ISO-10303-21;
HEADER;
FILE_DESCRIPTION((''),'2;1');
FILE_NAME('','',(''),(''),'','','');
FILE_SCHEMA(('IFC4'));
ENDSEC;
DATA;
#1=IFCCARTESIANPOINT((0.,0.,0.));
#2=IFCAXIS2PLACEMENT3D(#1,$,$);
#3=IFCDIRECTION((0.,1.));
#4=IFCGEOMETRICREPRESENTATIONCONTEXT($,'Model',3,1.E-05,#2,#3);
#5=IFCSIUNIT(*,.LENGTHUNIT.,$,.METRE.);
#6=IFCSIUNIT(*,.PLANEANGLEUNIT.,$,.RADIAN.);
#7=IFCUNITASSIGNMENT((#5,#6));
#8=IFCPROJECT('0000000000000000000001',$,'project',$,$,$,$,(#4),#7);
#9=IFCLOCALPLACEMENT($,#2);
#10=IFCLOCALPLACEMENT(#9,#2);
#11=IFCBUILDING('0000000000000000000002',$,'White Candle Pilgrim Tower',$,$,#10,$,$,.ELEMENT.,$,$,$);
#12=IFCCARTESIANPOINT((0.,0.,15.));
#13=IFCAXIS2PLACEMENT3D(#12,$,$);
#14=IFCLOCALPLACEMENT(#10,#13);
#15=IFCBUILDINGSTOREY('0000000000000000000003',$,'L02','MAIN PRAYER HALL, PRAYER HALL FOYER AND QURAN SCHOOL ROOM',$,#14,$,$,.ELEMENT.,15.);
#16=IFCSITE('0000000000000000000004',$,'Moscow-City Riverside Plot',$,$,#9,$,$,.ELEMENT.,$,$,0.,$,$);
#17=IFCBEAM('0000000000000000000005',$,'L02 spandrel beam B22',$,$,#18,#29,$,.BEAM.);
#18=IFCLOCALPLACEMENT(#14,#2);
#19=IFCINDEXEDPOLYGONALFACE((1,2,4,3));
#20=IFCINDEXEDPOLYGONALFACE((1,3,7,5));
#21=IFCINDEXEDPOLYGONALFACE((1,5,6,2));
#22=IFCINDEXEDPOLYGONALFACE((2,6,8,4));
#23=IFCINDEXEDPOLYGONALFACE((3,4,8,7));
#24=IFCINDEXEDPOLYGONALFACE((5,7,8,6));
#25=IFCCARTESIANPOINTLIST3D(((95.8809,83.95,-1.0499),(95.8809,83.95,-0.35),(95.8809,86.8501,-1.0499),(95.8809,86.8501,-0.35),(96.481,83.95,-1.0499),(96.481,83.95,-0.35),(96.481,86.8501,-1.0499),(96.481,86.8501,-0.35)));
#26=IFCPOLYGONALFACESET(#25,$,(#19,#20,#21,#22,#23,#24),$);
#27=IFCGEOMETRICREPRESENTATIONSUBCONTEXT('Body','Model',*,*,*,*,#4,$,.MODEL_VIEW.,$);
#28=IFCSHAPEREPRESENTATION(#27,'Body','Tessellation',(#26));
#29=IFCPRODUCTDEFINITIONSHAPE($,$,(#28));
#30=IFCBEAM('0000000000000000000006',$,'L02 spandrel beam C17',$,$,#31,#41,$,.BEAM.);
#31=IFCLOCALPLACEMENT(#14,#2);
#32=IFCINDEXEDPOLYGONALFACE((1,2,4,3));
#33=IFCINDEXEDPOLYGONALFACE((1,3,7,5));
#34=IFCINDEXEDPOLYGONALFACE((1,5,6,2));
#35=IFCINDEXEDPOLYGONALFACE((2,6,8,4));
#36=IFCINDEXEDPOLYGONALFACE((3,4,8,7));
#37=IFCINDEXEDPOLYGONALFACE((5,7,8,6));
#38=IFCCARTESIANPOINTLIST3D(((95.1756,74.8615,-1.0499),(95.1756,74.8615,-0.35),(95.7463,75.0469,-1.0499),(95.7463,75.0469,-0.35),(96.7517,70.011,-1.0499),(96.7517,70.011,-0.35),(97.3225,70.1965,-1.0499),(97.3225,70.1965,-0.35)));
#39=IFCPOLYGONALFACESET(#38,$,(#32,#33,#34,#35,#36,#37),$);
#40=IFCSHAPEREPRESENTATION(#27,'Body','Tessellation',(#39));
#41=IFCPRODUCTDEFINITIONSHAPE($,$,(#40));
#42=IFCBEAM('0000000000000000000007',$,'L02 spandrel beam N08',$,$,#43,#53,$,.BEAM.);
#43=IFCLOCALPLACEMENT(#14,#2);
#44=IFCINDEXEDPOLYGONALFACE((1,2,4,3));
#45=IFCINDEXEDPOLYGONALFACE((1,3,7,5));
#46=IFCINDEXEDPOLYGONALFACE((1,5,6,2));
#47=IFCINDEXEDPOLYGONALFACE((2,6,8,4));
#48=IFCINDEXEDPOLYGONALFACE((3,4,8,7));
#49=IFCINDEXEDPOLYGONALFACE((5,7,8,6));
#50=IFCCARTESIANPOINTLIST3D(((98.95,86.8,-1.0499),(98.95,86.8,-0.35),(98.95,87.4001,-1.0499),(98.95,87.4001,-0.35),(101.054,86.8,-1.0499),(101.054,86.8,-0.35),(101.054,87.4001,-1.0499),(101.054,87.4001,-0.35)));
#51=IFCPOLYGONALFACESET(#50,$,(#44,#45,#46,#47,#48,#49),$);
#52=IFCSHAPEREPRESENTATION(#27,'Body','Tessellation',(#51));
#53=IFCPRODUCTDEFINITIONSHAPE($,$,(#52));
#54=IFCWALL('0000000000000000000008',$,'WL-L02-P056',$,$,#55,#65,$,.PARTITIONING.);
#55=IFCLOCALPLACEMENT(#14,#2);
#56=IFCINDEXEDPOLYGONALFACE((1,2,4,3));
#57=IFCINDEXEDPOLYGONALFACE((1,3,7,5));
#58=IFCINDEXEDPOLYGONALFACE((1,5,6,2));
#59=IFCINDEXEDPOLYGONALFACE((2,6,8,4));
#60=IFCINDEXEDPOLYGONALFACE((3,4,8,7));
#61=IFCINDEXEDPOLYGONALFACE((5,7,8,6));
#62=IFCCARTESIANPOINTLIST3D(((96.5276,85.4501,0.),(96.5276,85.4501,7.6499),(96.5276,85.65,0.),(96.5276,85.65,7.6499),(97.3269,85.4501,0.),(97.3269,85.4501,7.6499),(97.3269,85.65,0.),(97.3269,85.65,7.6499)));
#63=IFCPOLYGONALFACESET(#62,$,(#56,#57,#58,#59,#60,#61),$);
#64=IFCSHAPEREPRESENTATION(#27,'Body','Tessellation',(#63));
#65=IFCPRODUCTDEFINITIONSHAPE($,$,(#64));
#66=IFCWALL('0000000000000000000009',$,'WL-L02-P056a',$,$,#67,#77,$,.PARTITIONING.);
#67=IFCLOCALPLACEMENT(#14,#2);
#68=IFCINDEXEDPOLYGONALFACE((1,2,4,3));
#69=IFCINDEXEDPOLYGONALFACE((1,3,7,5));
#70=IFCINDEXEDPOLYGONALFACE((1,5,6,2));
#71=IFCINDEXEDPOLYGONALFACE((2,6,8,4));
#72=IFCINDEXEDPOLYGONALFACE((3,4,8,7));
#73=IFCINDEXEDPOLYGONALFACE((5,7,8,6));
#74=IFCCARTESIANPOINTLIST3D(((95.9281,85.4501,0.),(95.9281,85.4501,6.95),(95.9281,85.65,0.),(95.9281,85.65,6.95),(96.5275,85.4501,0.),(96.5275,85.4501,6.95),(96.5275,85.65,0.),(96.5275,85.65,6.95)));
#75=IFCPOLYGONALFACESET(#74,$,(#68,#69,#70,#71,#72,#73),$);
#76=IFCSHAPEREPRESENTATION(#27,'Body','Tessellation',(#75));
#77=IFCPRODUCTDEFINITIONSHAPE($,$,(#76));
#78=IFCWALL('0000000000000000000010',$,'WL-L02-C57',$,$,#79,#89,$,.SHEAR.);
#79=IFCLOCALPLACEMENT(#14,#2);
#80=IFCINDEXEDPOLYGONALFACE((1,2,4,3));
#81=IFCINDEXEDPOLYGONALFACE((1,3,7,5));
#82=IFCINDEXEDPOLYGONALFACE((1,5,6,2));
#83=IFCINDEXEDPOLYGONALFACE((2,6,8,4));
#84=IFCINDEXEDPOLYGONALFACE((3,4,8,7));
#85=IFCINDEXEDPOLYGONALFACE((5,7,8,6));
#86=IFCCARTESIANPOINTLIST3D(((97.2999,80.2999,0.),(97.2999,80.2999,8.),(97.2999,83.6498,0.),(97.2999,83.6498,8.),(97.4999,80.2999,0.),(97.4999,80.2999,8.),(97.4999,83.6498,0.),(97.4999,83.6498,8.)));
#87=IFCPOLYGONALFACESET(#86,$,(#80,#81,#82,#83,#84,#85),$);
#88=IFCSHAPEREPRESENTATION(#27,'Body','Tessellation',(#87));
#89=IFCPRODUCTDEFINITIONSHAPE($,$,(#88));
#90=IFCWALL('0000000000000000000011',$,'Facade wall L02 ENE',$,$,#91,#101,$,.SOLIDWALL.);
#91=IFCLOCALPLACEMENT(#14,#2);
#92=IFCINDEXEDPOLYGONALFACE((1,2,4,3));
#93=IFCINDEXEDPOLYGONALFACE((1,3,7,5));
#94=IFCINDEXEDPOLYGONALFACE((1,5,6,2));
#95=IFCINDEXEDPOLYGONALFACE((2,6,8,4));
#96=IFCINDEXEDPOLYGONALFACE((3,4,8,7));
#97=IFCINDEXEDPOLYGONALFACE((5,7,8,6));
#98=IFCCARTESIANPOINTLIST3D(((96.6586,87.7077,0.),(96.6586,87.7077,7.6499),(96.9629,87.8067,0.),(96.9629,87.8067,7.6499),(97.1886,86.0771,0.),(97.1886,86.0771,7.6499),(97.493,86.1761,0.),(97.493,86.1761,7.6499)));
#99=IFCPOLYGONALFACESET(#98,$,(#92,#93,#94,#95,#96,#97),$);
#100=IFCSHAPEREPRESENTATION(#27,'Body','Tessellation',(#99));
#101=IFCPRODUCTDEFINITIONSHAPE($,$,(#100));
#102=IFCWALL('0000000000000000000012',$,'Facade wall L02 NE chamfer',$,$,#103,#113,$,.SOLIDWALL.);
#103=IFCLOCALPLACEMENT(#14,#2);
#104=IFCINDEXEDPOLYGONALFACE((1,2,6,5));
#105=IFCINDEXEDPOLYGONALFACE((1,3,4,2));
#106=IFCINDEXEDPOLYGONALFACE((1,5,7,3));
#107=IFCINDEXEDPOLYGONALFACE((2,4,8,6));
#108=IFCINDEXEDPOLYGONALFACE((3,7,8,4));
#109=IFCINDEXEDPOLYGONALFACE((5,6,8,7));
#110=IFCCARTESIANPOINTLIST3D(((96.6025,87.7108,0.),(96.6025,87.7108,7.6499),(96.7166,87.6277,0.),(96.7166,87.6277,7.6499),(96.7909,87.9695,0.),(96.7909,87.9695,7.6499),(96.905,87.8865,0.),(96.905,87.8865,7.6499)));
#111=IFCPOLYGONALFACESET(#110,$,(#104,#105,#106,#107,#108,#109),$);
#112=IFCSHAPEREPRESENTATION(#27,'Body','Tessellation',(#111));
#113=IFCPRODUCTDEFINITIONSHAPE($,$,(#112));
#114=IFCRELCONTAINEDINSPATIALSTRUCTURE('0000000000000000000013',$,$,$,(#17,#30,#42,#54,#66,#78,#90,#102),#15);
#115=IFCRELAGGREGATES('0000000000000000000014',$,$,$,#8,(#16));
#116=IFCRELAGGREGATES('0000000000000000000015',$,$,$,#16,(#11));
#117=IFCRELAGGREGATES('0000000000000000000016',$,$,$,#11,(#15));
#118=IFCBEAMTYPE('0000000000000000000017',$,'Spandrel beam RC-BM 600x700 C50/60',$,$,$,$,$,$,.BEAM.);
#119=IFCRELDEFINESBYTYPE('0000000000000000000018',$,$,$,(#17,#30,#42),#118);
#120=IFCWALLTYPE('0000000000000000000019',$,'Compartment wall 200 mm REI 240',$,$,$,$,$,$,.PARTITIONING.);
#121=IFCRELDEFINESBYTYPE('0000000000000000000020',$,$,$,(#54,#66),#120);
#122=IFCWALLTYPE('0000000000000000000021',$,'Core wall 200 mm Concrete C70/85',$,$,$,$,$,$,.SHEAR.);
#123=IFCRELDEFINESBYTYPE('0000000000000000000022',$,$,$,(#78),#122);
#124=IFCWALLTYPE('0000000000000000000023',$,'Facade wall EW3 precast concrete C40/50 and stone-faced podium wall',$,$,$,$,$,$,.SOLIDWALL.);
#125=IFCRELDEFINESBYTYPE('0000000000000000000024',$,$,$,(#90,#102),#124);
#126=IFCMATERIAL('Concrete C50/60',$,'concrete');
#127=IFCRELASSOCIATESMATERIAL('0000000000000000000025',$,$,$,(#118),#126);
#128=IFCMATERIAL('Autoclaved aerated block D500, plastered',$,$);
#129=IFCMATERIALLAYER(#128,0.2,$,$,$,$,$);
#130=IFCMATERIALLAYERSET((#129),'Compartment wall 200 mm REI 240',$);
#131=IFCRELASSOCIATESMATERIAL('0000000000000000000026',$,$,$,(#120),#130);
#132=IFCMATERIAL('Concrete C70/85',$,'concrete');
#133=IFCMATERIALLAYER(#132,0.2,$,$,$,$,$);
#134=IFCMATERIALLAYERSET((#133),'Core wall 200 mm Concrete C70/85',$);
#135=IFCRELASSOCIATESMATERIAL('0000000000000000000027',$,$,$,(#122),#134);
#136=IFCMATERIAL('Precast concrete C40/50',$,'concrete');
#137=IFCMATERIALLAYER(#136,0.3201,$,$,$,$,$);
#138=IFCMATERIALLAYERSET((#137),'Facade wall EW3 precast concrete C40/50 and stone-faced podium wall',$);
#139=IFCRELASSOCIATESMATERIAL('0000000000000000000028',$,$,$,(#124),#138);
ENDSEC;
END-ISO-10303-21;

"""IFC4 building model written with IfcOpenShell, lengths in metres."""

from ifc_helpers import new_model, si_unit, direction, frame, frame_2d, origin, origin_2d, place, context, subcontext, project, spatial, rectangle, extrude, material, layer, layer_set, material_profile, profile_set, type_object, element, save


model = new_model("IFC4")

# Units and contexts
model_context = context("Model", 3, precision=1e-05, world=origin(), true_north=direction((0.0, 1.0)))
body_context = subcontext(model_context, "Body", "Model", "MODEL_VIEW")
ifc_project = project(units=[si_unit("LENGTHUNIT", "METRE"), si_unit("PLANEANGLEUNIT", "RADIAN")], contexts=[model_context])

# Site, building, storey
site_placement = place(None, origin())
site = spatial("IfcSite", under=ifc_project, at=site_placement, Name="Moscow-City Riverside Plot", CompositionType="ELEMENT", RefElevation=0.0)
building_placement = place(site_placement, origin())
building = spatial("IfcBuilding", under=site, at=building_placement, Name="White Candle Pilgrim Tower", CompositionType="ELEMENT")
storey_placement = place(building_placement, frame((0.0, 0.0, 15.0)))
storey = spatial("IfcBuildingStorey", under=building, at=storey_placement, Name="L02", Description="MAIN PRAYER HALL, PRAYER HALL FOYER AND QURAN SCHOOL ROOM", CompositionType="ELEMENT", Elevation=15.0)

# Beams
ifc_material_1 = material(Name="Concrete C50/60", Category="concrete")
ifc_material_profile_1 = material_profile(ifc_material_1, rectangle(XDim=0.6001, YDim=0.7, at=origin_2d()), Name="RC-BM 600x700")
ifc_profile_set_1 = profile_set([ifc_material_profile_1], Name="Concrete C50/60")
beam_type = type_object("IfcBeamType", Name="Spandrel beam RC-BM 600x700 C50/60", PredefinedType="BEAM", material=ifc_profile_set_1)
beam_1_placement = place(storey_placement, frame((96.1809, 86.8501, -0.7), z_axis=(0.0, -1.0, 0.0), x_axis=(1.0, 0.0, 0.0)))
element("IfcBeam", 1, at=beam_1_placement, inside=storey, type_object=beam_type, Name="L02 spandrel beam B22", PredefinedType="BEAM", context=body_context, shape_type="SweptSolid", body=[
    extrude(rectangle(XDim=0.6001, YDim=0.7, at=origin_2d()), origin(), (0.0, 0.0, 1.0), 2.9001),
])
beam_2_placement = place(storey_placement, frame((97.0371, 70.1038, -0.7), z_axis=(-0.309053, 0.951045, 0.0), x_axis=(-0.951045, -0.309053, 0.0)))
element("IfcBeam", 2, at=beam_2_placement, inside=storey, type_object=beam_type, Name="L02 spandrel beam C17", PredefinedType="BEAM", context=body_context, shape_type="SweptSolid", body=[
    extrude(rectangle(XDim=0.6001, YDim=0.7, at=origin_2d()), origin(), (0.0, 0.0, 1.0), 5.1001),
])
beam_3_placement = place(storey_placement, frame((98.95, 87.1001, -0.7), z_axis=(1.0, 0.0, 0.0), x_axis=(0.0, 1.0, 0.0)))
element("IfcBeam", 3, at=beam_3_placement, inside=storey, type_object=beam_type, Name="L02 spandrel beam N08", PredefinedType="BEAM", context=body_context, shape_type="SweptSolid", body=[
    extrude(rectangle(XDim=0.6001, YDim=0.7, at=origin_2d()), origin(), (0.0, 0.0, 1.0), 2.104),
])

# Walls
ifc_material_2 = material(Name="Autoclaved aerated block D500, plastered")
ifc_layer_1 = layer(ifc_material_2, 0.2)
ifc_layer_set_1 = layer_set([ifc_layer_1], Name="Compartment wall 200 mm REI 240")
wall_type_1 = type_object("IfcWallType", Name="Compartment wall 200 mm REI 240", PredefinedType="PARTITIONING", material=ifc_layer_set_1)
wall_1_placement = place(storey_placement, frame((97.3269, 85.55, 0.0), z_axis=(0.0, 0.0, 1.0), x_axis=(-1.0, 0.0, 0.0)))
element("IfcWall", 4, at=wall_1_placement, inside=storey, type_object=wall_type_1, Name="WL-L02-P056", PredefinedType="PARTITIONING", context=body_context, shape_type="SweptSolid", body=[
    extrude(rectangle(XDim=0.7993, YDim=0.2, at=frame_2d((0.3997, 0.0))), origin(), (0.0, 0.0, 1.0), 7.6499),
])
wall_2_placement = place(storey_placement, frame((96.5276, 85.55, 0.0), z_axis=(0.0, 0.0, 1.0), x_axis=(-1.0, 0.0, 0.0)))
element("IfcWall", 5, at=wall_2_placement, inside=storey, type_object=wall_type_1, Name="WL-L02-P056a", PredefinedType="PARTITIONING", context=body_context, shape_type="SweptSolid", body=[
    extrude(rectangle(XDim=0.5994, YDim=0.2, at=frame_2d((0.2998, 0.0))), origin(), (0.0, 0.0, 1.0), 6.95),
])
ifc_material_3 = material(Name="Concrete C70/85", Category="concrete")
ifc_layer_2 = layer(ifc_material_3, 0.2)
ifc_layer_set_2 = layer_set([ifc_layer_2], Name="Core wall 200 mm Concrete C70/85")
wall_type_2 = type_object("IfcWallType", Name="Core wall 200 mm Concrete C70/85", PredefinedType="SHEAR", material=ifc_layer_set_2)
wall_3_placement = place(storey_placement, frame((97.3999, 80.3, 0.0), z_axis=(0.0, 0.0, 1.0), x_axis=(0.0, 1.0, 0.0)))
element("IfcWall", 6, at=wall_3_placement, inside=storey, type_object=wall_type_2, Name="WL-L02-C57", PredefinedType="SHEAR", context=body_context, shape_type="SweptSolid", body=[
    extrude(rectangle(XDim=3.3499, YDim=0.2, at=frame_2d((1.6748, 0.0))), origin(), (0.0, 0.0, 1.0), 8.0),
])
ifc_material_4 = material(Name="Precast concrete C40/50", Category="concrete")
ifc_layer_3 = layer(ifc_material_4, 0.3201)
ifc_layer_set_3 = layer_set([ifc_layer_3], Name="Facade wall EW3 precast concrete C40/50 and stone-faced podium wall")
wall_type_3 = type_object("IfcWallType", Name="Facade wall EW3 precast concrete C40/50 and stone-faced podium wall", PredefinedType="SOLIDWALL", material=ifc_layer_set_3)
wall_4_placement = place(storey_placement, frame((97.3408, 86.1265, 0.0), z_axis=(0.0, 0.0, 1.0), x_axis=(-0.309128, 0.95102, 0.0)))
element("IfcWall", 7, at=wall_4_placement, inside=storey, type_object=wall_type_3, Name="Facade wall L02 ENE", PredefinedType="SOLIDWALL", context=body_context, shape_type="SweptSolid", body=[
    extrude(rectangle(XDim=1.7146, YDim=0.3201, at=frame_2d((0.8574, 0.0))), origin(), (0.0, 0.0, 1.0), 7.6499),
])
wall_5_placement = place(storey_placement, frame((96.8108, 87.7571, 0.0), z_axis=(0.0, 0.0, 1.0), x_axis=(-0.808437, 0.588583, 0.0)))
element("IfcWall", 8, at=wall_5_placement, inside=storey, type_object=wall_type_3, Name="Facade wall L02 NE chamfer", PredefinedType="SOLIDWALL", context=body_context, shape_type="SweptSolid", body=[
    extrude(rectangle(XDim=0.1411, YDim=0.3201, at=frame_2d((0.0706, 0.0))), origin(), (0.0, 0.0, 1.0), 7.6499),
])

save(model, "model.ifc")
